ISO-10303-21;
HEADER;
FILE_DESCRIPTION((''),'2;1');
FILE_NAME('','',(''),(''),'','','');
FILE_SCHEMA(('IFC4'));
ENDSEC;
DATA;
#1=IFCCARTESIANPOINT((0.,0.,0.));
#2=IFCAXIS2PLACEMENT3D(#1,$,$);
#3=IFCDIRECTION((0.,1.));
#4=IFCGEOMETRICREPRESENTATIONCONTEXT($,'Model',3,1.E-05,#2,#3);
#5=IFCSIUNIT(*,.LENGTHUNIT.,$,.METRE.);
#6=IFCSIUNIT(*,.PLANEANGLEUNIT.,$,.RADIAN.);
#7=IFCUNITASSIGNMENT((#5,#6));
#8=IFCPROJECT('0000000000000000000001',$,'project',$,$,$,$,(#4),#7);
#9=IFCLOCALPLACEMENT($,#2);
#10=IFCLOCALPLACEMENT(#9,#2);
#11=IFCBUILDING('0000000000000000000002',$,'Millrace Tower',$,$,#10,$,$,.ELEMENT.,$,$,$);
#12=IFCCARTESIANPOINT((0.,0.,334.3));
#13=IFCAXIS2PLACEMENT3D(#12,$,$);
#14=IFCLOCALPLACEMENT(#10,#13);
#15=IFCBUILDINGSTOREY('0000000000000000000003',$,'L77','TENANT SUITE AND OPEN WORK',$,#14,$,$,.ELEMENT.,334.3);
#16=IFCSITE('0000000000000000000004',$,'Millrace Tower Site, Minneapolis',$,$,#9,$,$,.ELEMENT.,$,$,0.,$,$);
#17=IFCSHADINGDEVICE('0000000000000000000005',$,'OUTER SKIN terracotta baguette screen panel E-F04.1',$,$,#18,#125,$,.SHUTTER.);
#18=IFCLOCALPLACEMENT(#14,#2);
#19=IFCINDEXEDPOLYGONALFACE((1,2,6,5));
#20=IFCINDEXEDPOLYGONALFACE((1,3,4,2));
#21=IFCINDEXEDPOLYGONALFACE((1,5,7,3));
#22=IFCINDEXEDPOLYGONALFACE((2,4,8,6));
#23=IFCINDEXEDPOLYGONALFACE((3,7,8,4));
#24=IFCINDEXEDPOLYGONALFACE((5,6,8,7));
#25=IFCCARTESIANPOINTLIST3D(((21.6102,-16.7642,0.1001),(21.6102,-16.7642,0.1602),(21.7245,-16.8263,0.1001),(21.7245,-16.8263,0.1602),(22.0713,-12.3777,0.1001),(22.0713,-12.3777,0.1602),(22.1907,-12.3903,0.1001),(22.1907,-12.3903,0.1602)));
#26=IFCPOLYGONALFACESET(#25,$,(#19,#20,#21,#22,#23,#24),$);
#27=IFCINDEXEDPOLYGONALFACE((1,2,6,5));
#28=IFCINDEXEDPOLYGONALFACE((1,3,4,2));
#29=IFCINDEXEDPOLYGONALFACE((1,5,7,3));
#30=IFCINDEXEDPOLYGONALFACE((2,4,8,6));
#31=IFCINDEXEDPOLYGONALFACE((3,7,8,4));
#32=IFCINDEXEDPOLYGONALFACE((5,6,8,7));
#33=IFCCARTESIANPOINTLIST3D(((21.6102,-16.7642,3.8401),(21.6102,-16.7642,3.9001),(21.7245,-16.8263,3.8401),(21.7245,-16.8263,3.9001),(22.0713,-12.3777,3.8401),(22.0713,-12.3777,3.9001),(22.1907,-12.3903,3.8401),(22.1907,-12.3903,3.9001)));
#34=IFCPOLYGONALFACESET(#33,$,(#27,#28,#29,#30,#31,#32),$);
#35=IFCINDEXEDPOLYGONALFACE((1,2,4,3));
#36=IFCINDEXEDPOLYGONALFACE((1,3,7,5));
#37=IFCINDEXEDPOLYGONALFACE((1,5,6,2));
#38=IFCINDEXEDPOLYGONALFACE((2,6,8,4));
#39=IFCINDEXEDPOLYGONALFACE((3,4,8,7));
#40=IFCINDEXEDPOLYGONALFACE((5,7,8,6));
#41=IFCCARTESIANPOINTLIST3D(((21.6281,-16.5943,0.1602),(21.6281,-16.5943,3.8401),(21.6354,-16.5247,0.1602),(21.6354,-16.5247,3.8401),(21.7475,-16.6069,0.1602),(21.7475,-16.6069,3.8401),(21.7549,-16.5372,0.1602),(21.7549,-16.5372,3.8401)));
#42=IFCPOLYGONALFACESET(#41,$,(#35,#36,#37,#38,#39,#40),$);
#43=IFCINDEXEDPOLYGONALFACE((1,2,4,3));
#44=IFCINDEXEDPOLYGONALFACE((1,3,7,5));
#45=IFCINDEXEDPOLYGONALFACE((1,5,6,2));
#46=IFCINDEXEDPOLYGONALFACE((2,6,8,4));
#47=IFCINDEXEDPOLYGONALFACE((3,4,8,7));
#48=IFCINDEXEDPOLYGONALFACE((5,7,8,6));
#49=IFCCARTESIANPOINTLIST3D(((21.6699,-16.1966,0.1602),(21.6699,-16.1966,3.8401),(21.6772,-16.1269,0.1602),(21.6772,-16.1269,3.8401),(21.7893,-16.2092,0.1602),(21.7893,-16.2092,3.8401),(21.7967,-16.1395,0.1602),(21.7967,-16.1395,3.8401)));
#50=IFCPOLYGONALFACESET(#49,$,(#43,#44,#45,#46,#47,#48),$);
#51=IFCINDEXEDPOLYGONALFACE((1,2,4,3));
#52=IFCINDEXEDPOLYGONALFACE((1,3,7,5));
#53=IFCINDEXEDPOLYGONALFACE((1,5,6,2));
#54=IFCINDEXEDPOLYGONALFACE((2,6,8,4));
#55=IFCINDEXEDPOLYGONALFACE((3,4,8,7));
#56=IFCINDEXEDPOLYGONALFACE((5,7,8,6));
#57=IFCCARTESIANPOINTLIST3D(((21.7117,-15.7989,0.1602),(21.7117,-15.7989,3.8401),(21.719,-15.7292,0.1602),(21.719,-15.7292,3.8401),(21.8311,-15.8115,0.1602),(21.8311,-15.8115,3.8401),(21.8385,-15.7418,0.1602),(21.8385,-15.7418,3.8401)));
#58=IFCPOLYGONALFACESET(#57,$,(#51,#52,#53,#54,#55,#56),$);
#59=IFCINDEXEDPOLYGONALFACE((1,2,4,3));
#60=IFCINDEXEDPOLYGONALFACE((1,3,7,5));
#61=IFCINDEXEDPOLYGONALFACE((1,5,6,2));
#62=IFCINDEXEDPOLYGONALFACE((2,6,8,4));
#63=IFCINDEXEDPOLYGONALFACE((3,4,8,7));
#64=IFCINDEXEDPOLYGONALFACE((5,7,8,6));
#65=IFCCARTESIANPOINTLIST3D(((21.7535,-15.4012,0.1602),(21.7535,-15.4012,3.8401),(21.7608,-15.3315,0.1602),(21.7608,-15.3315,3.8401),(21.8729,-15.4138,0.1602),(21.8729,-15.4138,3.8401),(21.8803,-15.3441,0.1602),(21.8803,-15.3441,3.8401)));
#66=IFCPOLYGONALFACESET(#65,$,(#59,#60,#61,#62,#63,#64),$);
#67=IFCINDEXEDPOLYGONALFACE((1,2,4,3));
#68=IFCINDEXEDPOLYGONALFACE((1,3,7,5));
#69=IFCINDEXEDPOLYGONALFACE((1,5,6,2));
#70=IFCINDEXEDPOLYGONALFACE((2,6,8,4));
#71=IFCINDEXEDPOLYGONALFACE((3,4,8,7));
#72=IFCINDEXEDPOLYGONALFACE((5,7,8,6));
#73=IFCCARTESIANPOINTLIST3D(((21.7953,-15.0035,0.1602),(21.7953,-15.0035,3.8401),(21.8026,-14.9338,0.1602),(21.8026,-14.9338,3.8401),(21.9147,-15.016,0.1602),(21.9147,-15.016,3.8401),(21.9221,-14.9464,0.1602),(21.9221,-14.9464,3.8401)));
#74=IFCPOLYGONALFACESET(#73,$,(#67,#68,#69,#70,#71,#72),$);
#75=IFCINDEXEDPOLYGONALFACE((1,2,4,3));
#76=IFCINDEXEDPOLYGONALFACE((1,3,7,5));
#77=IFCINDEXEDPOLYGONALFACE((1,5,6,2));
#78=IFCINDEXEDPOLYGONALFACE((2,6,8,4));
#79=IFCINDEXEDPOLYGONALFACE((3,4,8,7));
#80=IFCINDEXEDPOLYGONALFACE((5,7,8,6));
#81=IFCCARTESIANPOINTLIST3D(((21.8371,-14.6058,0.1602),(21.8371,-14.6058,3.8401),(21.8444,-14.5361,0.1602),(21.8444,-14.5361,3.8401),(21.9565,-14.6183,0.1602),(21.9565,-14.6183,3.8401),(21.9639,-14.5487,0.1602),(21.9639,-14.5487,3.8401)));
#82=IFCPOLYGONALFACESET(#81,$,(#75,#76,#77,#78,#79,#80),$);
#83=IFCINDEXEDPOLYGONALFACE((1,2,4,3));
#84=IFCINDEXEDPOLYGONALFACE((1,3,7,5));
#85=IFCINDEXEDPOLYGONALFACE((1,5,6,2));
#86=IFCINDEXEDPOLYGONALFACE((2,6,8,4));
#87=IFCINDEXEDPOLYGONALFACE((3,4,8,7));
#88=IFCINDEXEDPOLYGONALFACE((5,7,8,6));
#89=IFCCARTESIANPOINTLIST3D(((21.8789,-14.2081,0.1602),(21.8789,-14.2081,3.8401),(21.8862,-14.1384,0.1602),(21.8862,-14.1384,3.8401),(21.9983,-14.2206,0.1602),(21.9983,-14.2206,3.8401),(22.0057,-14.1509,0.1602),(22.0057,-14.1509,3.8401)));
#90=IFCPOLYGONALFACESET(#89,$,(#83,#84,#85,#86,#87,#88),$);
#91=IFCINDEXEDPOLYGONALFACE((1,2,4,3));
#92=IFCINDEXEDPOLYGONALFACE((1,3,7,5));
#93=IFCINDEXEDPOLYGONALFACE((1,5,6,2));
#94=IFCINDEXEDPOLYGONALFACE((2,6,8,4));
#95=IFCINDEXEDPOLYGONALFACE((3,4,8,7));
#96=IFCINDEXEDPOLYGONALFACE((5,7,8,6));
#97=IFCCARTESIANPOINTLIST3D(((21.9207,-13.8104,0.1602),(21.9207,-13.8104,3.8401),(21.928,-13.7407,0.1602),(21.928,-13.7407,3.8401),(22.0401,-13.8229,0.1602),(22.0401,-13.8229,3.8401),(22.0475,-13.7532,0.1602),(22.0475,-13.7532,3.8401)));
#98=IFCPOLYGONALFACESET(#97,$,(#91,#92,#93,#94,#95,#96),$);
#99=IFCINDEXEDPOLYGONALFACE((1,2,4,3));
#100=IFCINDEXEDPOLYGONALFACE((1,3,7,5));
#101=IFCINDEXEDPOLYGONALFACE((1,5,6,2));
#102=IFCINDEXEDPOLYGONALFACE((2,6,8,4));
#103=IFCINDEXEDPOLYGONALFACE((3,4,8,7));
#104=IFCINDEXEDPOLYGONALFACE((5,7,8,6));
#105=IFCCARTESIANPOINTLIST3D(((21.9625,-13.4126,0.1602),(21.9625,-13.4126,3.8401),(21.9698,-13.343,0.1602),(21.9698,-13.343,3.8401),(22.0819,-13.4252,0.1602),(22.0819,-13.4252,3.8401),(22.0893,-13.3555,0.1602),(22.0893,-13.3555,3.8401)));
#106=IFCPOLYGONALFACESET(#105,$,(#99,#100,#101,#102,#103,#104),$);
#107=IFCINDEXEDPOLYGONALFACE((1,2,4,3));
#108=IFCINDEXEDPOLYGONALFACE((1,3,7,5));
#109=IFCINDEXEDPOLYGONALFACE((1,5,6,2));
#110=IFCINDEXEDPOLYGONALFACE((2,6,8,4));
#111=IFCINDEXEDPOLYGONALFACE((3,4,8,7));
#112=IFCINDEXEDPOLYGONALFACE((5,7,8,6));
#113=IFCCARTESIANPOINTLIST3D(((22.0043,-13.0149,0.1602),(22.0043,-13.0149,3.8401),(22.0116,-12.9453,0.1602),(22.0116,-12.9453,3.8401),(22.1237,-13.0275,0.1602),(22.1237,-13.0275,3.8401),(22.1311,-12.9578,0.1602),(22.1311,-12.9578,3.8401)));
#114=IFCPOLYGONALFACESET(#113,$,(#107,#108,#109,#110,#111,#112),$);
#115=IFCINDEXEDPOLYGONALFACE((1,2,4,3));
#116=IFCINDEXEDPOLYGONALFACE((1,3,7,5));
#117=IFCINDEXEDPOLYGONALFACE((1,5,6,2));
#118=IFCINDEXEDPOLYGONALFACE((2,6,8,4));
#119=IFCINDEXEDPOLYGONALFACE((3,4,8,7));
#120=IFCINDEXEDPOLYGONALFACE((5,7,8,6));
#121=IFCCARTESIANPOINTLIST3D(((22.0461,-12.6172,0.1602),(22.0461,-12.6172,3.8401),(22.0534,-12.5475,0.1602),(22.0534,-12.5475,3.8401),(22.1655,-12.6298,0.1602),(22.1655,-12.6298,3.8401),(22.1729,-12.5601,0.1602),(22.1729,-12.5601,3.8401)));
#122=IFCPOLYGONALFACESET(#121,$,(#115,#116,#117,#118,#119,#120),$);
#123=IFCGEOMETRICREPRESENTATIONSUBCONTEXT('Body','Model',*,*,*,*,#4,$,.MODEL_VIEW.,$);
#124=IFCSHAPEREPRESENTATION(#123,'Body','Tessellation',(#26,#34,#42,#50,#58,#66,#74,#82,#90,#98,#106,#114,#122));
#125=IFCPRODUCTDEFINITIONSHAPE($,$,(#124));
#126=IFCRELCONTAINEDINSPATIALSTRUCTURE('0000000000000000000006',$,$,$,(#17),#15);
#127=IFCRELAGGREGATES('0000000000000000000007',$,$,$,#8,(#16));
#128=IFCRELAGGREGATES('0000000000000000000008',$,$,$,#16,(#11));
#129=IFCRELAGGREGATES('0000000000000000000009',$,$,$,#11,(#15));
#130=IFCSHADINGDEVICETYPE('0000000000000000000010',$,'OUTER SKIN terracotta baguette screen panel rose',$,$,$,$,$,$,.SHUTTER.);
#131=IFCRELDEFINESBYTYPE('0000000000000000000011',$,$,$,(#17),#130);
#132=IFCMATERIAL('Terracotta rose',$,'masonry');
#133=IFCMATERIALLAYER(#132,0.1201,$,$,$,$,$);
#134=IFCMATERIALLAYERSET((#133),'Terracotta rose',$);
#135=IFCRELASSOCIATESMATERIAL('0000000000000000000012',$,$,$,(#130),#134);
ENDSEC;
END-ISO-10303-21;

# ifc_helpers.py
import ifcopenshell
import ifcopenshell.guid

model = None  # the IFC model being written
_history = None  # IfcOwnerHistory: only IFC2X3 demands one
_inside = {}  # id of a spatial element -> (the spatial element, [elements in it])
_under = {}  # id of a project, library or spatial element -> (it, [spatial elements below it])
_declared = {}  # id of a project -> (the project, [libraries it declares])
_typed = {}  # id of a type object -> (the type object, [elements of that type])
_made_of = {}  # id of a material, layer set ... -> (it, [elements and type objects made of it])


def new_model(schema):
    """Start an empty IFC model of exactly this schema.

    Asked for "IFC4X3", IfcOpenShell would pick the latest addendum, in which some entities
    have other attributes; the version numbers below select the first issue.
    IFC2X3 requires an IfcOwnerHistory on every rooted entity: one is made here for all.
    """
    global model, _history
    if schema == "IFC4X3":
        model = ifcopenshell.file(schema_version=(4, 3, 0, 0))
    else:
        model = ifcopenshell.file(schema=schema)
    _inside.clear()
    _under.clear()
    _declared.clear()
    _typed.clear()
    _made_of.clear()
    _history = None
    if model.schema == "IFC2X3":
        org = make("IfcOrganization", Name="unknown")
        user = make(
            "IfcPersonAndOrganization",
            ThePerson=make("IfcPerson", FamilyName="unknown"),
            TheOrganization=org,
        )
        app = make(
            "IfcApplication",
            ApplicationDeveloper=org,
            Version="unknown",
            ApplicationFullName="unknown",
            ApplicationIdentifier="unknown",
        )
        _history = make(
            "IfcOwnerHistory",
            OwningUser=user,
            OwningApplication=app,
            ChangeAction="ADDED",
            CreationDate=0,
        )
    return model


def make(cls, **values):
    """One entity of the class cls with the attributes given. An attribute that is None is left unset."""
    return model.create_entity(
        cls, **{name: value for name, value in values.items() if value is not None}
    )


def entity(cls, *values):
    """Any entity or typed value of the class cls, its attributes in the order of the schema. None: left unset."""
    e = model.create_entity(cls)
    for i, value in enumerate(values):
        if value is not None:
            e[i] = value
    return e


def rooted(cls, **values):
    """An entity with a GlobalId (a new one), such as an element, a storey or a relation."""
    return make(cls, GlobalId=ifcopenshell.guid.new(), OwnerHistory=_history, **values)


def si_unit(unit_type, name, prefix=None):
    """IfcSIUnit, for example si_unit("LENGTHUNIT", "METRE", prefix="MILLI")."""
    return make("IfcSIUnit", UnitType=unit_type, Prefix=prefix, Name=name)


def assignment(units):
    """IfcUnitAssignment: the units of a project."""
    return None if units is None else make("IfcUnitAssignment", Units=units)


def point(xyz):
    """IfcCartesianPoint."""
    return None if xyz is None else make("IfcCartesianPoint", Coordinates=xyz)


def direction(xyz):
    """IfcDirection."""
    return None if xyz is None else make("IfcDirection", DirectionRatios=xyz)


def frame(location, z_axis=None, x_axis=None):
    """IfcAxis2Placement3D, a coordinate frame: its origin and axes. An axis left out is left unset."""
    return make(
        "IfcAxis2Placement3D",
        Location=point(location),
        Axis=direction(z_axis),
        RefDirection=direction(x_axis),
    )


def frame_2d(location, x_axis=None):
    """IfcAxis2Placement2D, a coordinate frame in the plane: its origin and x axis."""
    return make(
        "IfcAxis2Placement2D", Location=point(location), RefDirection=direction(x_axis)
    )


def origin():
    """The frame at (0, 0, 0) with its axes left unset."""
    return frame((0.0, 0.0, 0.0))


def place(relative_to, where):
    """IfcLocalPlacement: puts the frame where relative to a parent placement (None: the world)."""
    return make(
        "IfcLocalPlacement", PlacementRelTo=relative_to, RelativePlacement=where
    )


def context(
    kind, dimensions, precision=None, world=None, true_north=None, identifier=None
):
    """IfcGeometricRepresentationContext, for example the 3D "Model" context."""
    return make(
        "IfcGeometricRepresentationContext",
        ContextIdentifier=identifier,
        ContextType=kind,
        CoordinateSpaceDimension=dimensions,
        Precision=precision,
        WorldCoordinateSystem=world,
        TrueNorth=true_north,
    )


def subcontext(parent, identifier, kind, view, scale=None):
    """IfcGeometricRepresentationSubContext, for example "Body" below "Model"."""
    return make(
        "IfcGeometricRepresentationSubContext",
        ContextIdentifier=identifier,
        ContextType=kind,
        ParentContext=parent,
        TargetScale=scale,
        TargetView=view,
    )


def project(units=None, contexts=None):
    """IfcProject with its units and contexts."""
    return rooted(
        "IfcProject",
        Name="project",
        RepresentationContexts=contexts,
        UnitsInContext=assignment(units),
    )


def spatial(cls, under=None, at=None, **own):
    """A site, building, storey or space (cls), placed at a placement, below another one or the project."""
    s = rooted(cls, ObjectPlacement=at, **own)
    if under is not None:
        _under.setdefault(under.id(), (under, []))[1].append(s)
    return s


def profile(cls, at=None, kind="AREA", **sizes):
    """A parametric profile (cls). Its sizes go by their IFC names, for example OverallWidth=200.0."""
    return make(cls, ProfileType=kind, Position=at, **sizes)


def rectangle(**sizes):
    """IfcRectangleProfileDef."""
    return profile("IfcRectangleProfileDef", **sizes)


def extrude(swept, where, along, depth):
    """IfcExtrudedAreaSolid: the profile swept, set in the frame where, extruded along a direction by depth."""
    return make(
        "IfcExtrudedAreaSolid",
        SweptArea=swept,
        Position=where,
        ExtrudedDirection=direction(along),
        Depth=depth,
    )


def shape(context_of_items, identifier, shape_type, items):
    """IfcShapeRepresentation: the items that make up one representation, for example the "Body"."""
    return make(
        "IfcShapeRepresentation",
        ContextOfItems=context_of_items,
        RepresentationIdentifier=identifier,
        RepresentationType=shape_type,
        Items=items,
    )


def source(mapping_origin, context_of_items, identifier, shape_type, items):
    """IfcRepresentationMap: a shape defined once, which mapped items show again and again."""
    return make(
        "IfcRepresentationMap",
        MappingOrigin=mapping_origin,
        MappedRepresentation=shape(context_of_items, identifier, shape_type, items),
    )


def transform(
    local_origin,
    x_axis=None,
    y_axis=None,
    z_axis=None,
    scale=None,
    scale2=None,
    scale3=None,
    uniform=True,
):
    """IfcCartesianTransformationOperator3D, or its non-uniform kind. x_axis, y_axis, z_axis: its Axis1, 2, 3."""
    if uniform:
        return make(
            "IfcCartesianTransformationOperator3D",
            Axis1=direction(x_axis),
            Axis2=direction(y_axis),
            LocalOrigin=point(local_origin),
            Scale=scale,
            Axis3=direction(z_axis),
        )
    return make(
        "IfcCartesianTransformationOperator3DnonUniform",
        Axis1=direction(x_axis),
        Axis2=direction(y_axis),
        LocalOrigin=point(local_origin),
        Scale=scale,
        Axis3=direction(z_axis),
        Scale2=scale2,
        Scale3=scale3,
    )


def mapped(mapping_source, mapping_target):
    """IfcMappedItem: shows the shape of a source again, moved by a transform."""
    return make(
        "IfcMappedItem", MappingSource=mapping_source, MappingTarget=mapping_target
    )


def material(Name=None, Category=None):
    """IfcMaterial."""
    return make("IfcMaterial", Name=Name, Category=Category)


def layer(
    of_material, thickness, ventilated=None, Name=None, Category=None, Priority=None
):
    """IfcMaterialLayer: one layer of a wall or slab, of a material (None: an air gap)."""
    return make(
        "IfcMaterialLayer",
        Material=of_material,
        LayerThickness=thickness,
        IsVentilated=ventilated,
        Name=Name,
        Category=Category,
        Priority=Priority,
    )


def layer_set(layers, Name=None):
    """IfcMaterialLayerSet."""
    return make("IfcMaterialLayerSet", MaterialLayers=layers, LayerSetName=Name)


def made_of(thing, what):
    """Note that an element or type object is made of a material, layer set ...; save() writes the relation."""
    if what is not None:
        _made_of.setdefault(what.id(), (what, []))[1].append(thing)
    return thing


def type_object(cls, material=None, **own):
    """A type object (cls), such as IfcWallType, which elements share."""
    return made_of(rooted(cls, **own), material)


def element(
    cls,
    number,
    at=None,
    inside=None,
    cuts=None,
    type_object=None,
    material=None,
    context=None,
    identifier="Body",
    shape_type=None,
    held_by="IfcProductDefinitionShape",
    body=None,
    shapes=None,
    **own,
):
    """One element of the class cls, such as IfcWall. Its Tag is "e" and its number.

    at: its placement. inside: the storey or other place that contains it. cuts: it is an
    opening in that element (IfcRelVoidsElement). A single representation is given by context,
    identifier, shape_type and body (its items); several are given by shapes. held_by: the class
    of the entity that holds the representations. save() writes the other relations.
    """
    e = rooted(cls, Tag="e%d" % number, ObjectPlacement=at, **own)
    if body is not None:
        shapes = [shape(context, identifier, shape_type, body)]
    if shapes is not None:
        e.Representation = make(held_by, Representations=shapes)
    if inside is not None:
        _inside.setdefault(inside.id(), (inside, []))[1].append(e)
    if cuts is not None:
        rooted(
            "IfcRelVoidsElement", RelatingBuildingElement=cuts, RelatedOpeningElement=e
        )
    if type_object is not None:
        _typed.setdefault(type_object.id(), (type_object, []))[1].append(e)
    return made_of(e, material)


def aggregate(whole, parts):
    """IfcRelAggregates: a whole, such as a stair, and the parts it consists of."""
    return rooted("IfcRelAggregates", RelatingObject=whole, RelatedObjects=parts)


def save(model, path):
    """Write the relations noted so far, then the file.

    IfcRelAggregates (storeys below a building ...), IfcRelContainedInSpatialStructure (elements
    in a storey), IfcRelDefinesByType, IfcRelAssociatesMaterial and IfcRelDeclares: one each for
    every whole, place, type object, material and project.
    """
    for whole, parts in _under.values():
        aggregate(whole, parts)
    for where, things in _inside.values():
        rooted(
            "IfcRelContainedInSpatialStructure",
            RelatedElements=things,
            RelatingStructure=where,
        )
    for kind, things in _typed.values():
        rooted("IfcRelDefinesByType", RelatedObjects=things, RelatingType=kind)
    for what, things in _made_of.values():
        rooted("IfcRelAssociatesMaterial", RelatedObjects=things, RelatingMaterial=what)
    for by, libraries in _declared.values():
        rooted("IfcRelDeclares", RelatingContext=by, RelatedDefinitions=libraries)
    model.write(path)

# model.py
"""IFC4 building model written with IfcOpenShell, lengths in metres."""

from ifc_helpers import new_model, entity, si_unit, direction, frame, frame_2d, origin, place, context, subcontext, project, spatial, rectangle, extrude, source, transform, mapped, material, layer, layer_set, type_object, element, save


model = new_model("IFC4")

# Units and contexts
model_context = context("Model", 3, precision=1e-05, world=origin(), true_north=direction((0.0, 1.0)))
body_context = subcontext(model_context, "Body", "Model", "MODEL_VIEW")
ifc_project = project(units=[si_unit("LENGTHUNIT", "METRE"), si_unit("PLANEANGLEUNIT", "RADIAN")], contexts=[model_context])

# Site, building, storey
site_placement = place(None, origin())
site = spatial("IfcSite", under=ifc_project, at=site_placement, Name="Millrace Tower Site, Minneapolis", CompositionType="ELEMENT", RefElevation=0.0)
building_placement = place(site_placement, origin())
building = spatial("IfcBuilding", under=site, at=building_placement, Name="Millrace Tower", CompositionType="ELEMENT")
storey_placement = place(building_placement, frame((0.0, 0.0, 334.3)))
storey = spatial("IfcBuildingStorey", under=building, at=storey_placement, Name="L77", Description="TENANT SUITE AND OPEN WORK", CompositionType="ELEMENT", Elevation=334.3)

# Shading device
ifc_material_1 = material(Name="Terracotta rose", Category="masonry")
ifc_layer_1 = layer(ifc_material_1, 0.1201)
ifc_layer_set_1 = layer_set([ifc_layer_1], Name="Terracotta rose")
shading_device_type = type_object("IfcShadingDeviceType", Name="OUTER SKIN terracotta baguette screen panel rose", PredefinedType="SHUTTER", material=ifc_layer_set_1)
cartesian_point_1 = entity("IfcCartesianPoint", [-2.1929, 0.0601])
shared_polyline_1 = entity("IfcPolyline", [cartesian_point_1, entity("IfcCartesianPoint", [2.2178, 0.0601]), entity("IfcCartesianPoint", [2.2178, -0.0601]), entity("IfcCartesianPoint", [-2.2427, -0.0601]), cartesian_point_1])
shared_shape_1 = source(origin(), body_context, "Body", "SweptSolid", [
    entity("IfcExtrudedAreaSolid", entity("IfcArbitraryClosedProfileDef", "AREA", None, shared_polyline_1), entity("IfcAxis2Placement3D", entity("IfcCartesianPoint", [0.0, 0.0, 0.0])), entity("IfcDirection", [0.0, 0.0, 1.0]), 0.0601),
    entity("IfcExtrudedAreaSolid", entity("IfcArbitraryClosedProfileDef", "AREA", None, shared_polyline_1), entity("IfcAxis2Placement3D", entity("IfcCartesianPoint", [0.0, 0.0, 3.74])), entity("IfcDirection", [0.0, 0.0, 1.0]), 0.0601),
    extrude(rectangle(XDim=0.0701, YDim=0.1201, at=frame_2d((-1.9871, 0.0))), frame((0.0, 0.0, 0.0601)), (0.0, 0.0, 1.0), 3.6799),
    extrude(rectangle(XDim=0.0701, YDim=0.1201, at=frame_2d((-1.5872, 0.0))), frame((0.0, 0.0, 0.0601)), (0.0, 0.0, 1.0), 3.6799),
    extrude(rectangle(XDim=0.0701, YDim=0.1201, at=frame_2d((-1.1873, 0.0))), frame((0.0, 0.0, 0.0601)), (0.0, 0.0, 1.0), 3.6799),
    extrude(rectangle(XDim=0.0701, YDim=0.1201, at=frame_2d((-0.7874, 0.0))), frame((0.0, 0.0, 0.0601)), (0.0, 0.0, 1.0), 3.6799),
    extrude(rectangle(XDim=0.0701, YDim=0.1201, at=frame_2d((-0.3875, 0.0))), frame((0.0, 0.0, 0.0601)), (0.0, 0.0, 1.0), 3.6799),
    extrude(rectangle(XDim=0.0701, YDim=0.1201, at=frame_2d((0.0125, 0.0))), frame((0.0, 0.0, 0.0601)), (0.0, 0.0, 1.0), 3.6799),
    extrude(rectangle(XDim=0.0701, YDim=0.1201, at=frame_2d((0.4124, 0.0))), frame((0.0, 0.0, 0.0601)), (0.0, 0.0, 1.0), 3.6799),
    extrude(rectangle(XDim=0.0701, YDim=0.1201, at=frame_2d((0.8123, 0.0))), frame((0.0, 0.0, 0.0601)), (0.0, 0.0, 1.0), 3.6799),
    extrude(rectangle(XDim=0.0701, YDim=0.1201, at=frame_2d((1.2122, 0.0))), frame((0.0, 0.0, 0.0601)), (0.0, 0.0, 1.0), 3.6799),
    extrude(rectangle(XDim=0.0701, YDim=0.1201, at=frame_2d((1.6121, 0.0))), frame((0.0, 0.0, 0.0601)), (0.0, 0.0, 1.0), 3.6799),
    extrude(rectangle(XDim=0.0701, YDim=0.1201, at=frame_2d((2.012, 0.0))), frame((0.0, 0.0, 0.0601)), (0.0, 0.0, 1.0), 3.6799),
])
shading_device_1_placement = place(storey_placement, frame((21.8992, -14.5896, 0.1001), z_axis=(0.0, 0.0, 1.0), x_axis=(0.104528, 0.994522, 0.0)))
element("IfcShadingDevice", 1, at=shading_device_1_placement, inside=storey, type_object=shading_device_type, Name="OUTER SKIN terracotta baguette screen panel E-F04.1", PredefinedType="SHUTTER", context=body_context, shape_type="MappedRepresentation", body=[
    mapped(shared_shape_1, transform((0.0, 0.0, 0.0), scale=1.0)),
])

save(model, "model.ifc")
